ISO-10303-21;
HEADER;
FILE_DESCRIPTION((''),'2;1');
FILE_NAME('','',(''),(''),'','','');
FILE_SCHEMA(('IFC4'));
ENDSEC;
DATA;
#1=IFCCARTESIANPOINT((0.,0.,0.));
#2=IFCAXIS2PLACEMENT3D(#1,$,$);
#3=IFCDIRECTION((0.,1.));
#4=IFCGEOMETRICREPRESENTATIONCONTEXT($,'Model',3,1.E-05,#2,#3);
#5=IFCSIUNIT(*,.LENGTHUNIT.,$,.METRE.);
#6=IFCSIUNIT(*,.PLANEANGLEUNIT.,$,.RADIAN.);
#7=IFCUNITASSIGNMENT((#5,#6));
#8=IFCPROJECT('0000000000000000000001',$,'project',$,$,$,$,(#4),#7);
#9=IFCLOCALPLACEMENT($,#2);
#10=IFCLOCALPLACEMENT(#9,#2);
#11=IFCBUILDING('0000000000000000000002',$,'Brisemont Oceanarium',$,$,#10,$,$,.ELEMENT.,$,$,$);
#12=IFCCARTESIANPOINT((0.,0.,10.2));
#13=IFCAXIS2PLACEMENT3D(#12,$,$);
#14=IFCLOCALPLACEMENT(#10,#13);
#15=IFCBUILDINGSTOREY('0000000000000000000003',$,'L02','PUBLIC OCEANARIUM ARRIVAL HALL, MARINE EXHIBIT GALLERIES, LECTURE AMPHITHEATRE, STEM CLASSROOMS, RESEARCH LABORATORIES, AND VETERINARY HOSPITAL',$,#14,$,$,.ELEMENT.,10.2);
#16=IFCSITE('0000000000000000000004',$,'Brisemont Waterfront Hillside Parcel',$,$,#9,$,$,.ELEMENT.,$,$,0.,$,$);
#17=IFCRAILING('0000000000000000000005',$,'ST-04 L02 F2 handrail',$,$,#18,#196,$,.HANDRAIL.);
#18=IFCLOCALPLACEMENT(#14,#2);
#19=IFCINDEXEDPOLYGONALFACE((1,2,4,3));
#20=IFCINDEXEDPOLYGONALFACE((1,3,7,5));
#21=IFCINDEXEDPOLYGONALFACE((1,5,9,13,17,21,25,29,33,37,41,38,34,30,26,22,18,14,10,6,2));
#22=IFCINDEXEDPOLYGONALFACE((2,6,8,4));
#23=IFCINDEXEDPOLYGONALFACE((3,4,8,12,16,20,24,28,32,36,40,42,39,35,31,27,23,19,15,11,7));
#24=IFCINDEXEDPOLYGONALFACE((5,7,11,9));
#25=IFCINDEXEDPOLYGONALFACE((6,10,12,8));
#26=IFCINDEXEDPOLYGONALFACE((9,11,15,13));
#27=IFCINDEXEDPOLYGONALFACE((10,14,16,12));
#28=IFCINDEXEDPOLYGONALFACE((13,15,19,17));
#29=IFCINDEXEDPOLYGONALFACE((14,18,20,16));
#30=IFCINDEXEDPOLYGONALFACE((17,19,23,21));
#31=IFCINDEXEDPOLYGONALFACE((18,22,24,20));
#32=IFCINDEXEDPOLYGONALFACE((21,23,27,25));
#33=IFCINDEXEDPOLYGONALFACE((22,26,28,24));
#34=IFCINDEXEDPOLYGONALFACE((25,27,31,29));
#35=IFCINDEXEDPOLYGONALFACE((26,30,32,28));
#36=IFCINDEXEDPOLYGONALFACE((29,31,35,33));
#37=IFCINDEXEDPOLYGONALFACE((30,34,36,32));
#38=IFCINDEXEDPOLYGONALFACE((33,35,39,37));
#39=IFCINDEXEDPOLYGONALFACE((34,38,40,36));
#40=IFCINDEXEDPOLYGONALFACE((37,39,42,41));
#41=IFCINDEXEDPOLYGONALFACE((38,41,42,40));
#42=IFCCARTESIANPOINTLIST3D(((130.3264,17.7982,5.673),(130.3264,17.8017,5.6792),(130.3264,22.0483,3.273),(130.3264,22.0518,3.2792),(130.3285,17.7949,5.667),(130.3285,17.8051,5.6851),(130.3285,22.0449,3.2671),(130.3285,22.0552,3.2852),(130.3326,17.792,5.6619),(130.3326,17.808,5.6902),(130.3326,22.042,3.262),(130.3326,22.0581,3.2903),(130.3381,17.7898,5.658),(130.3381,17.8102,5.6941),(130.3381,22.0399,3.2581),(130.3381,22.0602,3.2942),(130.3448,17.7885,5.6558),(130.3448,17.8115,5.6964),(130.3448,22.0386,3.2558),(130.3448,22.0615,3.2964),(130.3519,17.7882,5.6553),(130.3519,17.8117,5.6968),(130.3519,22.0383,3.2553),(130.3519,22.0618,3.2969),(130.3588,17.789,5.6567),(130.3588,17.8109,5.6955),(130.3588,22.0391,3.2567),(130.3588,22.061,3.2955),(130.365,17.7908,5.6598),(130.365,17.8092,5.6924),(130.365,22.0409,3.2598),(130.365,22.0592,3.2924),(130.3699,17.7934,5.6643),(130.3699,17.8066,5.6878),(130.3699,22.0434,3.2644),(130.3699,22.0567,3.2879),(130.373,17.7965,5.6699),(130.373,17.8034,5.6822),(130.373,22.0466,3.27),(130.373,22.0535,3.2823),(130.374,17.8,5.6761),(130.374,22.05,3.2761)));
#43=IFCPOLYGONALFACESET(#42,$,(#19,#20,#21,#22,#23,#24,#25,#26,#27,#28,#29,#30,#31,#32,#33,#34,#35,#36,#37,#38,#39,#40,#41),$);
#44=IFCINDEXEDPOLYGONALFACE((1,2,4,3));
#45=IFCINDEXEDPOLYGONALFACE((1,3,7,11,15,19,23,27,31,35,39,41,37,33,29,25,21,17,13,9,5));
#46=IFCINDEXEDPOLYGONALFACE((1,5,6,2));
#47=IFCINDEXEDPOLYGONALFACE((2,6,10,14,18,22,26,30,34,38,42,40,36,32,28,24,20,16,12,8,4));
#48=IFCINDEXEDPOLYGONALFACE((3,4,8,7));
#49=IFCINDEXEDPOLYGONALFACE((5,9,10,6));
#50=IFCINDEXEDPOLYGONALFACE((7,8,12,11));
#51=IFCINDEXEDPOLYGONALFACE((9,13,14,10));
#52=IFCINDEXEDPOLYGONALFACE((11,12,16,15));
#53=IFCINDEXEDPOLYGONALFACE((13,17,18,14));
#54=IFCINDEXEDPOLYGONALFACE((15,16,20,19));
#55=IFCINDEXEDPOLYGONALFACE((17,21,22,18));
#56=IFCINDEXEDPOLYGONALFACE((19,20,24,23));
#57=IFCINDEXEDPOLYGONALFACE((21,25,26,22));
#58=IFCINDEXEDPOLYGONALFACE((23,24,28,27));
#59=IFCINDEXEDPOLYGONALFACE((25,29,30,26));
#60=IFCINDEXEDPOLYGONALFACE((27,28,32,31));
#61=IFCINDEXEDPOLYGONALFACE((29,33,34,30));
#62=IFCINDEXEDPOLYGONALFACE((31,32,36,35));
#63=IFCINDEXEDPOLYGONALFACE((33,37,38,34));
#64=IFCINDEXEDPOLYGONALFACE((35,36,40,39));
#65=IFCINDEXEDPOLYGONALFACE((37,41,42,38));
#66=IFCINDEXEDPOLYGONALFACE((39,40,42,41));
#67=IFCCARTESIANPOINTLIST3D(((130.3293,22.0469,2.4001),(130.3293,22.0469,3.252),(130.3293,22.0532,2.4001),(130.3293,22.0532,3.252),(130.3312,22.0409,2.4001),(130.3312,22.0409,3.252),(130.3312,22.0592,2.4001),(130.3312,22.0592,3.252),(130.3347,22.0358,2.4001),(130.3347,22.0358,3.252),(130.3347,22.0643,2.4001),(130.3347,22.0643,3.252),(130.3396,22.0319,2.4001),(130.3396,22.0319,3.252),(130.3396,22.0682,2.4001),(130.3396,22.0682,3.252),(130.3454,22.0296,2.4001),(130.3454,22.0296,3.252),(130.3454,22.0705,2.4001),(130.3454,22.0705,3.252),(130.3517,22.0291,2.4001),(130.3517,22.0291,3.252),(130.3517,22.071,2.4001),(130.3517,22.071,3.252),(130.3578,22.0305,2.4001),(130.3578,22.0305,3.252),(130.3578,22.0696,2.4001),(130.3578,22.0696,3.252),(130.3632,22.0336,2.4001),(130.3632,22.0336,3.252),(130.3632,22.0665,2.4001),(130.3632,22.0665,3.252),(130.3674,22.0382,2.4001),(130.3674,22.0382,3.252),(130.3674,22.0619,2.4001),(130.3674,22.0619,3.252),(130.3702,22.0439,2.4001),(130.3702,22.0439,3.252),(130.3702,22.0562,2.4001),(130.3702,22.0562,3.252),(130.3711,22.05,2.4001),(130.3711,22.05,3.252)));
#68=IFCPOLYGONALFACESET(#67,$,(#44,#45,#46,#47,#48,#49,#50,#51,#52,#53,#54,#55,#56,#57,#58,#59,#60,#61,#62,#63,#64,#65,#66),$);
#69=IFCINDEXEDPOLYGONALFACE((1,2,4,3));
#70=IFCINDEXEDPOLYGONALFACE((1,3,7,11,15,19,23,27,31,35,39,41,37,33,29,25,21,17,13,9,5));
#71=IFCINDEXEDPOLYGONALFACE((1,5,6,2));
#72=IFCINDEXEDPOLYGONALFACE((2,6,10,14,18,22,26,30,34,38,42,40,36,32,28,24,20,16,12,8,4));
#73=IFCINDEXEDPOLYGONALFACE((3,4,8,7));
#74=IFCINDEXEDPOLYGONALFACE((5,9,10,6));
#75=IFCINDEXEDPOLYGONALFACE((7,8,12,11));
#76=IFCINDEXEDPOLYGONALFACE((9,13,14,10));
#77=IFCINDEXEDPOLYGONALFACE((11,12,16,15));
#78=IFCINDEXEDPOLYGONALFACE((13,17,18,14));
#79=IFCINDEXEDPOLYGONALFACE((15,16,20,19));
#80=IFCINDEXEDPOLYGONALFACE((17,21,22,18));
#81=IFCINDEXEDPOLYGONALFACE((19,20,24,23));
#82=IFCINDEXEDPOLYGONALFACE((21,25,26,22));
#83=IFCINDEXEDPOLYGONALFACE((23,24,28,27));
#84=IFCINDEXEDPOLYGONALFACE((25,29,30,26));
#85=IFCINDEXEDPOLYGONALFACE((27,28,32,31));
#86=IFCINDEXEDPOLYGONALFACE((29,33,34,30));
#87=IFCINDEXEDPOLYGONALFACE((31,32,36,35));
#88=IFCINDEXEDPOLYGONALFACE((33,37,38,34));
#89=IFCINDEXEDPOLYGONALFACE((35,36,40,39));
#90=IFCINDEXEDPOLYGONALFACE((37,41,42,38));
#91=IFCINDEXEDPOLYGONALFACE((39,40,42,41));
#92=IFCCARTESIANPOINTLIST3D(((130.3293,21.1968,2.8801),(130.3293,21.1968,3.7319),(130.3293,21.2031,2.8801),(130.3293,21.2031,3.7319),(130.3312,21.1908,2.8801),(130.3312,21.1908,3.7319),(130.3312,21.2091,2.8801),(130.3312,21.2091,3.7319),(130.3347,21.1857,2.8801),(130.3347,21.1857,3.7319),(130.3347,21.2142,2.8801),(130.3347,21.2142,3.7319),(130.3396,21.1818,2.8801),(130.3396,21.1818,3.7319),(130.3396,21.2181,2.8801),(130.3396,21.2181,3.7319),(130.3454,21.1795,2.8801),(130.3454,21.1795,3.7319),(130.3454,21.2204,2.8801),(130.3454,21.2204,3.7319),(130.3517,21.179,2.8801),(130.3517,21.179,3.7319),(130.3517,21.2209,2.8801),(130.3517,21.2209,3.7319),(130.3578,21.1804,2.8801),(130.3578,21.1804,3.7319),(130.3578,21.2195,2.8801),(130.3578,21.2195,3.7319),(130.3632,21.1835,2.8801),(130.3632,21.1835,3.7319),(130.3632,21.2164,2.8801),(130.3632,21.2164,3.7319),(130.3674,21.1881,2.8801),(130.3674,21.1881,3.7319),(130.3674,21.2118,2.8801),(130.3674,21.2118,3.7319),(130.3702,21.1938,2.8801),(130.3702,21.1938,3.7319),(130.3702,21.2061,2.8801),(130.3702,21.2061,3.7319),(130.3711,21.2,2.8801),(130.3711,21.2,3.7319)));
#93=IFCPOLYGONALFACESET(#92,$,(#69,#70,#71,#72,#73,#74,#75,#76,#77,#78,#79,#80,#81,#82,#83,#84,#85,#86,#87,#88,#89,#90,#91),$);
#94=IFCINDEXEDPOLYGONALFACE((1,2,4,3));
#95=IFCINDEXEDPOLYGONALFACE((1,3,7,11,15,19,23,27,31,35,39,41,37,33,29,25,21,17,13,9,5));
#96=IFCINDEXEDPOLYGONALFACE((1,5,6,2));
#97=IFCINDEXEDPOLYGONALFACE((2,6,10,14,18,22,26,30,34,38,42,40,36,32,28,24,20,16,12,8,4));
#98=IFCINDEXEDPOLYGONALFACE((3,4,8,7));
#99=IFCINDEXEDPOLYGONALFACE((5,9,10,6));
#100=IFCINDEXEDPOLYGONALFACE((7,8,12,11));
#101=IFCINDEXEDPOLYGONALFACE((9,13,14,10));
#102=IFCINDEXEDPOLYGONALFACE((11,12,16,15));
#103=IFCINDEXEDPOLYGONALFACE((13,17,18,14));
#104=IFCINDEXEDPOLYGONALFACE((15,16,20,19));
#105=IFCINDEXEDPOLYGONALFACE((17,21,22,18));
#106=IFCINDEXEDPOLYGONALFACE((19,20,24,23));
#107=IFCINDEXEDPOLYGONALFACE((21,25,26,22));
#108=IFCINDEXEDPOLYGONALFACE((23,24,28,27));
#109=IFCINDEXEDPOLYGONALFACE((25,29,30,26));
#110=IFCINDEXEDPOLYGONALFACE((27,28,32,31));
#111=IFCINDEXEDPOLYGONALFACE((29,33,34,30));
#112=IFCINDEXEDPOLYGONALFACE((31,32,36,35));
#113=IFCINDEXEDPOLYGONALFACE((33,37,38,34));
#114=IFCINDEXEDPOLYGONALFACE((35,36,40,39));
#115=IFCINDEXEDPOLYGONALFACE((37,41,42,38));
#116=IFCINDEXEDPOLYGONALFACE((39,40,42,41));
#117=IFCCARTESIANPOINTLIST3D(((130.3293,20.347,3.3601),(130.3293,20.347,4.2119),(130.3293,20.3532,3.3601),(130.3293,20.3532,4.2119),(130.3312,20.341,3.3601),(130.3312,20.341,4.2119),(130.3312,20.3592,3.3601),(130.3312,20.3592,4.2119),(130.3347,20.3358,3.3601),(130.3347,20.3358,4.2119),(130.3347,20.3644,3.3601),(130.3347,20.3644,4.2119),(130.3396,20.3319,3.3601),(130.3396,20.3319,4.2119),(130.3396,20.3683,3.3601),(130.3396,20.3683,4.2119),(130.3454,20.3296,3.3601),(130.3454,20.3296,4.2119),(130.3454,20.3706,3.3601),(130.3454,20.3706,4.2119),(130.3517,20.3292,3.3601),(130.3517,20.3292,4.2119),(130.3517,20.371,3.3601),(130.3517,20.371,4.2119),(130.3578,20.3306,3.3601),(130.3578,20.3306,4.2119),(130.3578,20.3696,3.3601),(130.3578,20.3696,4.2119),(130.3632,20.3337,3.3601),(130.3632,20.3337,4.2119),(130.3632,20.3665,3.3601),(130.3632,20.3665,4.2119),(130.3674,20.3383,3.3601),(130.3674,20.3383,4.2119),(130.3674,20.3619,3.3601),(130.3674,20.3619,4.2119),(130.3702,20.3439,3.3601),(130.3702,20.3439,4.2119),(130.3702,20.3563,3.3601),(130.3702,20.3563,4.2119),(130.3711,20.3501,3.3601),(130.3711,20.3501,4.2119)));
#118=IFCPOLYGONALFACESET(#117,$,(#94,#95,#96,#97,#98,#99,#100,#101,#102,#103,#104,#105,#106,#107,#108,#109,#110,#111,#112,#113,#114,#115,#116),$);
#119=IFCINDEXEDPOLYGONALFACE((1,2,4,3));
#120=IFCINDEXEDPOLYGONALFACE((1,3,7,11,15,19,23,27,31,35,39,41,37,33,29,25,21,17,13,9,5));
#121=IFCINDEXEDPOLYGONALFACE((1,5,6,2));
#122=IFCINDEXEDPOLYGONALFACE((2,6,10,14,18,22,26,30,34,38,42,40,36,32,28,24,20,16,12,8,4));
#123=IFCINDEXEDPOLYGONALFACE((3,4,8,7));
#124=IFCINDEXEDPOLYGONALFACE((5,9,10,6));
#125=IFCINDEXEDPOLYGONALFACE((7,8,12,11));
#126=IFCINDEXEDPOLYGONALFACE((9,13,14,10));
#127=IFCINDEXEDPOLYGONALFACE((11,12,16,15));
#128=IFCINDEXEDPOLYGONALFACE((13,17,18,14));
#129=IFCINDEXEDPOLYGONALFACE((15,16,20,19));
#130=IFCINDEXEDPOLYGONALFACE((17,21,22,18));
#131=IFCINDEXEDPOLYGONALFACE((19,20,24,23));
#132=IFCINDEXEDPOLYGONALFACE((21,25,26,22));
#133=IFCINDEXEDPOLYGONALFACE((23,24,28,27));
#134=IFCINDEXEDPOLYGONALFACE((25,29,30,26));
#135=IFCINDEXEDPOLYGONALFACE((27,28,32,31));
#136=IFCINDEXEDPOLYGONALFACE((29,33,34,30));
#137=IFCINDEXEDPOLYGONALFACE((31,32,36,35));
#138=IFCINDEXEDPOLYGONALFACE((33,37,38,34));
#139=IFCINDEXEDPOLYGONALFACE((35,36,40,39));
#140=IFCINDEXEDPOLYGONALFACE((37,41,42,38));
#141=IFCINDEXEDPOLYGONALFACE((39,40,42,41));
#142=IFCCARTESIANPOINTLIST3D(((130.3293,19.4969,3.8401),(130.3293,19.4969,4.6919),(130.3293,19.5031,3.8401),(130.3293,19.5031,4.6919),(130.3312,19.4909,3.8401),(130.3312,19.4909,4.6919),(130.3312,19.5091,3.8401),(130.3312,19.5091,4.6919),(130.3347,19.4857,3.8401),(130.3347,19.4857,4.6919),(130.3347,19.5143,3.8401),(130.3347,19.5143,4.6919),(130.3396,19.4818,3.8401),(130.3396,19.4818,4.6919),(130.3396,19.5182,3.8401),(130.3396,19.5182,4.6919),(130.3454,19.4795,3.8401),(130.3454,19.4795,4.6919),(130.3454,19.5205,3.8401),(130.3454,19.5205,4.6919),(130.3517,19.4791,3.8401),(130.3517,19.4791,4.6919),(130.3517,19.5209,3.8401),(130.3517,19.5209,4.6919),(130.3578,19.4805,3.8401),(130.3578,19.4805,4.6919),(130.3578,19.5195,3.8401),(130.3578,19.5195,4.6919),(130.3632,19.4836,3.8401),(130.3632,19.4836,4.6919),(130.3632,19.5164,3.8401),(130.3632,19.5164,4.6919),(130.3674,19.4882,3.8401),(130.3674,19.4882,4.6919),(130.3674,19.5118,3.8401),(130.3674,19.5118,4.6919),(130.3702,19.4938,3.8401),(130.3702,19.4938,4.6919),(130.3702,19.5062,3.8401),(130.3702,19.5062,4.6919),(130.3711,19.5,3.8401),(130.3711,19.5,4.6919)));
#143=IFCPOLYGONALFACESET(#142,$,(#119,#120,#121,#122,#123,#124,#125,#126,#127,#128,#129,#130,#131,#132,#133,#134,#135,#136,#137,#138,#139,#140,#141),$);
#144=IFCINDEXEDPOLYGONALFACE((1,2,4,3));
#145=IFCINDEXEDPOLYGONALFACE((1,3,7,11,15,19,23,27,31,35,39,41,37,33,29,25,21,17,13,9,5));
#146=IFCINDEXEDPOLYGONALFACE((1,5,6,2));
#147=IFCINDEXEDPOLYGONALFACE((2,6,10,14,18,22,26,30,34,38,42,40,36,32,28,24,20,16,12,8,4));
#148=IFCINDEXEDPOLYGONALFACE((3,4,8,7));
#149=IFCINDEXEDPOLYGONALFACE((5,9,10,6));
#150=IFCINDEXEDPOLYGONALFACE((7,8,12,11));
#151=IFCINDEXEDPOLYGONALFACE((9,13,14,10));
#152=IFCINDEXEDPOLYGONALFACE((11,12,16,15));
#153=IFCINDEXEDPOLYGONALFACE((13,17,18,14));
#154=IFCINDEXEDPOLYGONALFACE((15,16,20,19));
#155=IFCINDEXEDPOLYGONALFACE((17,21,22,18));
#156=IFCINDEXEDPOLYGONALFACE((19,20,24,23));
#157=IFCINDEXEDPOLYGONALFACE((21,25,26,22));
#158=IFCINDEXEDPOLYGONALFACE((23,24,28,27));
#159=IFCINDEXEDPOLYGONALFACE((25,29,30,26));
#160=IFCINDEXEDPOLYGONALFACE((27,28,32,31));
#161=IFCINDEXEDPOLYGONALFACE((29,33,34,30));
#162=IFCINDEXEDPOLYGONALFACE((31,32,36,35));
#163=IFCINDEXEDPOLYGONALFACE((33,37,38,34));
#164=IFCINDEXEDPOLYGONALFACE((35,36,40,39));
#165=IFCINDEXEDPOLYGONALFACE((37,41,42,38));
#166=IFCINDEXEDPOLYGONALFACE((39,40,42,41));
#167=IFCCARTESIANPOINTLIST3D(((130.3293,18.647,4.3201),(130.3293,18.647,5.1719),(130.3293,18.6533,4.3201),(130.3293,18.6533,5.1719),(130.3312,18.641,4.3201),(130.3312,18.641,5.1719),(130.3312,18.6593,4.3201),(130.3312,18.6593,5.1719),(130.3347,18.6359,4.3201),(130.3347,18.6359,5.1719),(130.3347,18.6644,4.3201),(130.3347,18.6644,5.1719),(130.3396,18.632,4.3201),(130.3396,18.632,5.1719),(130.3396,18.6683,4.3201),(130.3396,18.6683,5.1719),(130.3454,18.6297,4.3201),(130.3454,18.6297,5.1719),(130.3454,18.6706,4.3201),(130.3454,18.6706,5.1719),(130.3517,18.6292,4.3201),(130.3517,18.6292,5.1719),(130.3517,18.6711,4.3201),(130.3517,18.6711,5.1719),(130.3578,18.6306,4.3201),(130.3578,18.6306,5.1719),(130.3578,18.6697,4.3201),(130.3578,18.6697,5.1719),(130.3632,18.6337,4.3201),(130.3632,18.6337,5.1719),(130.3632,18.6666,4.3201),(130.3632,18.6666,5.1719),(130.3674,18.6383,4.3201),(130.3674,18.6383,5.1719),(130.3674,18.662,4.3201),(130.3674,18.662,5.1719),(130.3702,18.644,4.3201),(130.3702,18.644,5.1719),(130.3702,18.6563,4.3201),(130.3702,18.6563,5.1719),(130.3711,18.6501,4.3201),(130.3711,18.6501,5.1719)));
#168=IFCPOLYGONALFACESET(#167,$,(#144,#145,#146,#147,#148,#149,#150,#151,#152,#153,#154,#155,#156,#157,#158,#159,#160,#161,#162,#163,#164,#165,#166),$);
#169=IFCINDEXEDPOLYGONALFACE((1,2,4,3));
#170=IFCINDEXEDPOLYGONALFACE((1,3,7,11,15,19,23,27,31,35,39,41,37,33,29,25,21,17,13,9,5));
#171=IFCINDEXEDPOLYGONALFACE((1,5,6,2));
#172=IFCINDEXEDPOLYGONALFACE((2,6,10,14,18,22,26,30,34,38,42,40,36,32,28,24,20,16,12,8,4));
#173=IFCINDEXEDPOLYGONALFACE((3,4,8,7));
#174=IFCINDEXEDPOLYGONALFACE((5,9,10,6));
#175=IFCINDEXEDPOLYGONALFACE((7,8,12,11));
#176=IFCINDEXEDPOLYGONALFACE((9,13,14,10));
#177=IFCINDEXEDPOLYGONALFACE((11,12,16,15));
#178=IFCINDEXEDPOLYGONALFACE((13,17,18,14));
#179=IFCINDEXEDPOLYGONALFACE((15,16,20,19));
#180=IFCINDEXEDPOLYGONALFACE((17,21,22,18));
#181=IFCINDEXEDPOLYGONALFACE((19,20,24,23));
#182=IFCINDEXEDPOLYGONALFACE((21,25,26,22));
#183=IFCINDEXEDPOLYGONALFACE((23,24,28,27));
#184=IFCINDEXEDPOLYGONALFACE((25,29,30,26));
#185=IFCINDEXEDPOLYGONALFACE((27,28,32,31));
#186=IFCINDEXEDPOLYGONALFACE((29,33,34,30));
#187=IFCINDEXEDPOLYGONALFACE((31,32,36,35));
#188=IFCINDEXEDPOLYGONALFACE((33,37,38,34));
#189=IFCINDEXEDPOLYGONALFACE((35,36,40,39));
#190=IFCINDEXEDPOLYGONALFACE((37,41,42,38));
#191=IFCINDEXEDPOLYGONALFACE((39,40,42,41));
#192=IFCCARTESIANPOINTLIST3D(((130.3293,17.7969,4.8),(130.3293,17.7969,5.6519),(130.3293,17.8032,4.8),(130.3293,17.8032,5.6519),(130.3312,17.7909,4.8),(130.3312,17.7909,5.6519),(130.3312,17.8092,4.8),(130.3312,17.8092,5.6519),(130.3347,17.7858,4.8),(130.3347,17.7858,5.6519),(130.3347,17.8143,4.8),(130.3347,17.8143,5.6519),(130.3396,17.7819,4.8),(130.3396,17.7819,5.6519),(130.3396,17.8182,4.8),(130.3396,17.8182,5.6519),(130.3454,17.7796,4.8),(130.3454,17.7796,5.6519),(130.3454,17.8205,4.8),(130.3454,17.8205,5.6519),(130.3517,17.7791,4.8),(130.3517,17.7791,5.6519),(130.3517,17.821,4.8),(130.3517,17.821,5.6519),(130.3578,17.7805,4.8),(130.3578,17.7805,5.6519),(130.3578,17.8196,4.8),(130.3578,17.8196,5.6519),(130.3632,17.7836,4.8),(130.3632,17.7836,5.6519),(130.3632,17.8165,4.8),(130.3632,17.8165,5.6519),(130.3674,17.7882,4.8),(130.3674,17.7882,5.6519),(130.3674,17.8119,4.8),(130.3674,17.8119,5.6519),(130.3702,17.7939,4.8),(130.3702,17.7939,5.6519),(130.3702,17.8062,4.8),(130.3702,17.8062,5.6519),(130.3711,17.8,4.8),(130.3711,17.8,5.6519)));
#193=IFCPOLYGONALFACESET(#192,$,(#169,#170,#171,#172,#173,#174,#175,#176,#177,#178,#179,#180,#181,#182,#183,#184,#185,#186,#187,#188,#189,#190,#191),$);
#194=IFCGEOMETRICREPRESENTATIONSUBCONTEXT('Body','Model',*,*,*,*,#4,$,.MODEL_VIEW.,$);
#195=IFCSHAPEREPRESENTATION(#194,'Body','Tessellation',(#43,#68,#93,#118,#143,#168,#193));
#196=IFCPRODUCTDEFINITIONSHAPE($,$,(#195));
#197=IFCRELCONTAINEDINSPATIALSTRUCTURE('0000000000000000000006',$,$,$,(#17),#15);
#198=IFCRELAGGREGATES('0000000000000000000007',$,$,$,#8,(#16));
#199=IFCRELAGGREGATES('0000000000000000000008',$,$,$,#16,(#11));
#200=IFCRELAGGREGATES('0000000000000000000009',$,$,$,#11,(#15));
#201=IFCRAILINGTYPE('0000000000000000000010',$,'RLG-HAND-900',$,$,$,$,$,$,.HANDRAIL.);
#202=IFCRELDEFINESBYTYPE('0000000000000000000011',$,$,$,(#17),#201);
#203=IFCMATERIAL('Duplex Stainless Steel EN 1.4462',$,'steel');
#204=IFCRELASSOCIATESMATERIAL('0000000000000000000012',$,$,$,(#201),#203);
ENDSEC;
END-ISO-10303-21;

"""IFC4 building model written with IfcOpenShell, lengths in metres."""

from ifc_helpers import new_model, si_unit, direction, frame, origin, origin_2d, place, context, subcontext, project, spatial, circle, extrude, material, type_object, element, save


model = new_model("IFC4")

# Units and contexts
model_context = context("Model", 3, precision=1e-05, world=origin(), true_north=direction((0.0, 1.0)))
body_context = subcontext(model_context, "Body", "Model", "MODEL_VIEW")
ifc_project = project(units=[si_unit("LENGTHUNIT", "METRE"), si_unit("PLANEANGLEUNIT", "RADIAN")], contexts=[model_context])

# Site, building, storey
site_placement = place(None, origin())
site = spatial("IfcSite", under=ifc_project, at=site_placement, Name="Brisemont Waterfront Hillside Parcel", CompositionType="ELEMENT", RefElevation=0.0)
building_placement = place(site_placement, origin())
building = spatial("IfcBuilding", under=site, at=building_placement, Name="Brisemont Oceanarium", CompositionType="ELEMENT")
storey_placement = place(building_placement, frame((0.0, 0.0, 10.2)))
storey = spatial("IfcBuildingStorey", under=building, at=storey_placement, Name="L02", Description="PUBLIC OCEANARIUM ARRIVAL HALL, MARINE EXHIBIT GALLERIES, LECTURE AMPHITHEATRE, STEM CLASSROOMS, RESEARCH LABORATORIES, AND VETERINARY HOSPITAL", CompositionType="ELEMENT", Elevation=10.2)

# Railing
ifc_material_1 = material(Name="Duplex Stainless Steel EN 1.4462", Category="steel")
railing_type_1 = type_object("IfcRailingType", Name="RLG-HAND-900", PredefinedType="HANDRAIL", material=ifc_material_1)
railing_1_placement = place(storey_placement, frame((130.3501, 22.05, 2.4001)))
element("IfcRailing", 1, at=railing_1_placement, inside=storey, type_object=railing_type_1, Name="ST-04 L02 F2 handrail", PredefinedType="HANDRAIL", context=body_context, shape_type="SweptSolid", body=[
    extrude(circle(Radius=0.0239, at=origin_2d()), frame((0.0, 0.0, 0.876), z_axis=(0.0, -0.870762, 0.491704), x_axis=(1.0, 0.0, 0.0)), (0.0, 0.0, 1.0), 4.8809),
    extrude(circle(Radius=0.021, at=origin_2d()), origin(), (0.0, 0.0, 1.0), 0.8518),
    extrude(circle(Radius=0.021, at=origin_2d()), frame((0.0, -0.8501, 0.48)), (0.0, 0.0, 1.0), 0.8518),
    extrude(circle(Radius=0.021, at=origin_2d()), frame((0.0, -1.7, 0.96)), (0.0, 0.0, 1.0), 0.8518),
    extrude(circle(Radius=0.021, at=origin_2d()), frame((0.0, -2.55, 1.4399)), (0.0, 0.0, 1.0), 0.8518),
    extrude(circle(Radius=0.021, at=origin_2d()), frame((0.0, -3.3999, 1.9199)), (0.0, 0.0, 1.0), 0.8518),
    extrude(circle(Radius=0.021, at=origin_2d()), frame((0.0, -4.25, 2.3999)), (0.0, 0.0, 1.0), 0.8518),
])

save(model, "model.ifc")
